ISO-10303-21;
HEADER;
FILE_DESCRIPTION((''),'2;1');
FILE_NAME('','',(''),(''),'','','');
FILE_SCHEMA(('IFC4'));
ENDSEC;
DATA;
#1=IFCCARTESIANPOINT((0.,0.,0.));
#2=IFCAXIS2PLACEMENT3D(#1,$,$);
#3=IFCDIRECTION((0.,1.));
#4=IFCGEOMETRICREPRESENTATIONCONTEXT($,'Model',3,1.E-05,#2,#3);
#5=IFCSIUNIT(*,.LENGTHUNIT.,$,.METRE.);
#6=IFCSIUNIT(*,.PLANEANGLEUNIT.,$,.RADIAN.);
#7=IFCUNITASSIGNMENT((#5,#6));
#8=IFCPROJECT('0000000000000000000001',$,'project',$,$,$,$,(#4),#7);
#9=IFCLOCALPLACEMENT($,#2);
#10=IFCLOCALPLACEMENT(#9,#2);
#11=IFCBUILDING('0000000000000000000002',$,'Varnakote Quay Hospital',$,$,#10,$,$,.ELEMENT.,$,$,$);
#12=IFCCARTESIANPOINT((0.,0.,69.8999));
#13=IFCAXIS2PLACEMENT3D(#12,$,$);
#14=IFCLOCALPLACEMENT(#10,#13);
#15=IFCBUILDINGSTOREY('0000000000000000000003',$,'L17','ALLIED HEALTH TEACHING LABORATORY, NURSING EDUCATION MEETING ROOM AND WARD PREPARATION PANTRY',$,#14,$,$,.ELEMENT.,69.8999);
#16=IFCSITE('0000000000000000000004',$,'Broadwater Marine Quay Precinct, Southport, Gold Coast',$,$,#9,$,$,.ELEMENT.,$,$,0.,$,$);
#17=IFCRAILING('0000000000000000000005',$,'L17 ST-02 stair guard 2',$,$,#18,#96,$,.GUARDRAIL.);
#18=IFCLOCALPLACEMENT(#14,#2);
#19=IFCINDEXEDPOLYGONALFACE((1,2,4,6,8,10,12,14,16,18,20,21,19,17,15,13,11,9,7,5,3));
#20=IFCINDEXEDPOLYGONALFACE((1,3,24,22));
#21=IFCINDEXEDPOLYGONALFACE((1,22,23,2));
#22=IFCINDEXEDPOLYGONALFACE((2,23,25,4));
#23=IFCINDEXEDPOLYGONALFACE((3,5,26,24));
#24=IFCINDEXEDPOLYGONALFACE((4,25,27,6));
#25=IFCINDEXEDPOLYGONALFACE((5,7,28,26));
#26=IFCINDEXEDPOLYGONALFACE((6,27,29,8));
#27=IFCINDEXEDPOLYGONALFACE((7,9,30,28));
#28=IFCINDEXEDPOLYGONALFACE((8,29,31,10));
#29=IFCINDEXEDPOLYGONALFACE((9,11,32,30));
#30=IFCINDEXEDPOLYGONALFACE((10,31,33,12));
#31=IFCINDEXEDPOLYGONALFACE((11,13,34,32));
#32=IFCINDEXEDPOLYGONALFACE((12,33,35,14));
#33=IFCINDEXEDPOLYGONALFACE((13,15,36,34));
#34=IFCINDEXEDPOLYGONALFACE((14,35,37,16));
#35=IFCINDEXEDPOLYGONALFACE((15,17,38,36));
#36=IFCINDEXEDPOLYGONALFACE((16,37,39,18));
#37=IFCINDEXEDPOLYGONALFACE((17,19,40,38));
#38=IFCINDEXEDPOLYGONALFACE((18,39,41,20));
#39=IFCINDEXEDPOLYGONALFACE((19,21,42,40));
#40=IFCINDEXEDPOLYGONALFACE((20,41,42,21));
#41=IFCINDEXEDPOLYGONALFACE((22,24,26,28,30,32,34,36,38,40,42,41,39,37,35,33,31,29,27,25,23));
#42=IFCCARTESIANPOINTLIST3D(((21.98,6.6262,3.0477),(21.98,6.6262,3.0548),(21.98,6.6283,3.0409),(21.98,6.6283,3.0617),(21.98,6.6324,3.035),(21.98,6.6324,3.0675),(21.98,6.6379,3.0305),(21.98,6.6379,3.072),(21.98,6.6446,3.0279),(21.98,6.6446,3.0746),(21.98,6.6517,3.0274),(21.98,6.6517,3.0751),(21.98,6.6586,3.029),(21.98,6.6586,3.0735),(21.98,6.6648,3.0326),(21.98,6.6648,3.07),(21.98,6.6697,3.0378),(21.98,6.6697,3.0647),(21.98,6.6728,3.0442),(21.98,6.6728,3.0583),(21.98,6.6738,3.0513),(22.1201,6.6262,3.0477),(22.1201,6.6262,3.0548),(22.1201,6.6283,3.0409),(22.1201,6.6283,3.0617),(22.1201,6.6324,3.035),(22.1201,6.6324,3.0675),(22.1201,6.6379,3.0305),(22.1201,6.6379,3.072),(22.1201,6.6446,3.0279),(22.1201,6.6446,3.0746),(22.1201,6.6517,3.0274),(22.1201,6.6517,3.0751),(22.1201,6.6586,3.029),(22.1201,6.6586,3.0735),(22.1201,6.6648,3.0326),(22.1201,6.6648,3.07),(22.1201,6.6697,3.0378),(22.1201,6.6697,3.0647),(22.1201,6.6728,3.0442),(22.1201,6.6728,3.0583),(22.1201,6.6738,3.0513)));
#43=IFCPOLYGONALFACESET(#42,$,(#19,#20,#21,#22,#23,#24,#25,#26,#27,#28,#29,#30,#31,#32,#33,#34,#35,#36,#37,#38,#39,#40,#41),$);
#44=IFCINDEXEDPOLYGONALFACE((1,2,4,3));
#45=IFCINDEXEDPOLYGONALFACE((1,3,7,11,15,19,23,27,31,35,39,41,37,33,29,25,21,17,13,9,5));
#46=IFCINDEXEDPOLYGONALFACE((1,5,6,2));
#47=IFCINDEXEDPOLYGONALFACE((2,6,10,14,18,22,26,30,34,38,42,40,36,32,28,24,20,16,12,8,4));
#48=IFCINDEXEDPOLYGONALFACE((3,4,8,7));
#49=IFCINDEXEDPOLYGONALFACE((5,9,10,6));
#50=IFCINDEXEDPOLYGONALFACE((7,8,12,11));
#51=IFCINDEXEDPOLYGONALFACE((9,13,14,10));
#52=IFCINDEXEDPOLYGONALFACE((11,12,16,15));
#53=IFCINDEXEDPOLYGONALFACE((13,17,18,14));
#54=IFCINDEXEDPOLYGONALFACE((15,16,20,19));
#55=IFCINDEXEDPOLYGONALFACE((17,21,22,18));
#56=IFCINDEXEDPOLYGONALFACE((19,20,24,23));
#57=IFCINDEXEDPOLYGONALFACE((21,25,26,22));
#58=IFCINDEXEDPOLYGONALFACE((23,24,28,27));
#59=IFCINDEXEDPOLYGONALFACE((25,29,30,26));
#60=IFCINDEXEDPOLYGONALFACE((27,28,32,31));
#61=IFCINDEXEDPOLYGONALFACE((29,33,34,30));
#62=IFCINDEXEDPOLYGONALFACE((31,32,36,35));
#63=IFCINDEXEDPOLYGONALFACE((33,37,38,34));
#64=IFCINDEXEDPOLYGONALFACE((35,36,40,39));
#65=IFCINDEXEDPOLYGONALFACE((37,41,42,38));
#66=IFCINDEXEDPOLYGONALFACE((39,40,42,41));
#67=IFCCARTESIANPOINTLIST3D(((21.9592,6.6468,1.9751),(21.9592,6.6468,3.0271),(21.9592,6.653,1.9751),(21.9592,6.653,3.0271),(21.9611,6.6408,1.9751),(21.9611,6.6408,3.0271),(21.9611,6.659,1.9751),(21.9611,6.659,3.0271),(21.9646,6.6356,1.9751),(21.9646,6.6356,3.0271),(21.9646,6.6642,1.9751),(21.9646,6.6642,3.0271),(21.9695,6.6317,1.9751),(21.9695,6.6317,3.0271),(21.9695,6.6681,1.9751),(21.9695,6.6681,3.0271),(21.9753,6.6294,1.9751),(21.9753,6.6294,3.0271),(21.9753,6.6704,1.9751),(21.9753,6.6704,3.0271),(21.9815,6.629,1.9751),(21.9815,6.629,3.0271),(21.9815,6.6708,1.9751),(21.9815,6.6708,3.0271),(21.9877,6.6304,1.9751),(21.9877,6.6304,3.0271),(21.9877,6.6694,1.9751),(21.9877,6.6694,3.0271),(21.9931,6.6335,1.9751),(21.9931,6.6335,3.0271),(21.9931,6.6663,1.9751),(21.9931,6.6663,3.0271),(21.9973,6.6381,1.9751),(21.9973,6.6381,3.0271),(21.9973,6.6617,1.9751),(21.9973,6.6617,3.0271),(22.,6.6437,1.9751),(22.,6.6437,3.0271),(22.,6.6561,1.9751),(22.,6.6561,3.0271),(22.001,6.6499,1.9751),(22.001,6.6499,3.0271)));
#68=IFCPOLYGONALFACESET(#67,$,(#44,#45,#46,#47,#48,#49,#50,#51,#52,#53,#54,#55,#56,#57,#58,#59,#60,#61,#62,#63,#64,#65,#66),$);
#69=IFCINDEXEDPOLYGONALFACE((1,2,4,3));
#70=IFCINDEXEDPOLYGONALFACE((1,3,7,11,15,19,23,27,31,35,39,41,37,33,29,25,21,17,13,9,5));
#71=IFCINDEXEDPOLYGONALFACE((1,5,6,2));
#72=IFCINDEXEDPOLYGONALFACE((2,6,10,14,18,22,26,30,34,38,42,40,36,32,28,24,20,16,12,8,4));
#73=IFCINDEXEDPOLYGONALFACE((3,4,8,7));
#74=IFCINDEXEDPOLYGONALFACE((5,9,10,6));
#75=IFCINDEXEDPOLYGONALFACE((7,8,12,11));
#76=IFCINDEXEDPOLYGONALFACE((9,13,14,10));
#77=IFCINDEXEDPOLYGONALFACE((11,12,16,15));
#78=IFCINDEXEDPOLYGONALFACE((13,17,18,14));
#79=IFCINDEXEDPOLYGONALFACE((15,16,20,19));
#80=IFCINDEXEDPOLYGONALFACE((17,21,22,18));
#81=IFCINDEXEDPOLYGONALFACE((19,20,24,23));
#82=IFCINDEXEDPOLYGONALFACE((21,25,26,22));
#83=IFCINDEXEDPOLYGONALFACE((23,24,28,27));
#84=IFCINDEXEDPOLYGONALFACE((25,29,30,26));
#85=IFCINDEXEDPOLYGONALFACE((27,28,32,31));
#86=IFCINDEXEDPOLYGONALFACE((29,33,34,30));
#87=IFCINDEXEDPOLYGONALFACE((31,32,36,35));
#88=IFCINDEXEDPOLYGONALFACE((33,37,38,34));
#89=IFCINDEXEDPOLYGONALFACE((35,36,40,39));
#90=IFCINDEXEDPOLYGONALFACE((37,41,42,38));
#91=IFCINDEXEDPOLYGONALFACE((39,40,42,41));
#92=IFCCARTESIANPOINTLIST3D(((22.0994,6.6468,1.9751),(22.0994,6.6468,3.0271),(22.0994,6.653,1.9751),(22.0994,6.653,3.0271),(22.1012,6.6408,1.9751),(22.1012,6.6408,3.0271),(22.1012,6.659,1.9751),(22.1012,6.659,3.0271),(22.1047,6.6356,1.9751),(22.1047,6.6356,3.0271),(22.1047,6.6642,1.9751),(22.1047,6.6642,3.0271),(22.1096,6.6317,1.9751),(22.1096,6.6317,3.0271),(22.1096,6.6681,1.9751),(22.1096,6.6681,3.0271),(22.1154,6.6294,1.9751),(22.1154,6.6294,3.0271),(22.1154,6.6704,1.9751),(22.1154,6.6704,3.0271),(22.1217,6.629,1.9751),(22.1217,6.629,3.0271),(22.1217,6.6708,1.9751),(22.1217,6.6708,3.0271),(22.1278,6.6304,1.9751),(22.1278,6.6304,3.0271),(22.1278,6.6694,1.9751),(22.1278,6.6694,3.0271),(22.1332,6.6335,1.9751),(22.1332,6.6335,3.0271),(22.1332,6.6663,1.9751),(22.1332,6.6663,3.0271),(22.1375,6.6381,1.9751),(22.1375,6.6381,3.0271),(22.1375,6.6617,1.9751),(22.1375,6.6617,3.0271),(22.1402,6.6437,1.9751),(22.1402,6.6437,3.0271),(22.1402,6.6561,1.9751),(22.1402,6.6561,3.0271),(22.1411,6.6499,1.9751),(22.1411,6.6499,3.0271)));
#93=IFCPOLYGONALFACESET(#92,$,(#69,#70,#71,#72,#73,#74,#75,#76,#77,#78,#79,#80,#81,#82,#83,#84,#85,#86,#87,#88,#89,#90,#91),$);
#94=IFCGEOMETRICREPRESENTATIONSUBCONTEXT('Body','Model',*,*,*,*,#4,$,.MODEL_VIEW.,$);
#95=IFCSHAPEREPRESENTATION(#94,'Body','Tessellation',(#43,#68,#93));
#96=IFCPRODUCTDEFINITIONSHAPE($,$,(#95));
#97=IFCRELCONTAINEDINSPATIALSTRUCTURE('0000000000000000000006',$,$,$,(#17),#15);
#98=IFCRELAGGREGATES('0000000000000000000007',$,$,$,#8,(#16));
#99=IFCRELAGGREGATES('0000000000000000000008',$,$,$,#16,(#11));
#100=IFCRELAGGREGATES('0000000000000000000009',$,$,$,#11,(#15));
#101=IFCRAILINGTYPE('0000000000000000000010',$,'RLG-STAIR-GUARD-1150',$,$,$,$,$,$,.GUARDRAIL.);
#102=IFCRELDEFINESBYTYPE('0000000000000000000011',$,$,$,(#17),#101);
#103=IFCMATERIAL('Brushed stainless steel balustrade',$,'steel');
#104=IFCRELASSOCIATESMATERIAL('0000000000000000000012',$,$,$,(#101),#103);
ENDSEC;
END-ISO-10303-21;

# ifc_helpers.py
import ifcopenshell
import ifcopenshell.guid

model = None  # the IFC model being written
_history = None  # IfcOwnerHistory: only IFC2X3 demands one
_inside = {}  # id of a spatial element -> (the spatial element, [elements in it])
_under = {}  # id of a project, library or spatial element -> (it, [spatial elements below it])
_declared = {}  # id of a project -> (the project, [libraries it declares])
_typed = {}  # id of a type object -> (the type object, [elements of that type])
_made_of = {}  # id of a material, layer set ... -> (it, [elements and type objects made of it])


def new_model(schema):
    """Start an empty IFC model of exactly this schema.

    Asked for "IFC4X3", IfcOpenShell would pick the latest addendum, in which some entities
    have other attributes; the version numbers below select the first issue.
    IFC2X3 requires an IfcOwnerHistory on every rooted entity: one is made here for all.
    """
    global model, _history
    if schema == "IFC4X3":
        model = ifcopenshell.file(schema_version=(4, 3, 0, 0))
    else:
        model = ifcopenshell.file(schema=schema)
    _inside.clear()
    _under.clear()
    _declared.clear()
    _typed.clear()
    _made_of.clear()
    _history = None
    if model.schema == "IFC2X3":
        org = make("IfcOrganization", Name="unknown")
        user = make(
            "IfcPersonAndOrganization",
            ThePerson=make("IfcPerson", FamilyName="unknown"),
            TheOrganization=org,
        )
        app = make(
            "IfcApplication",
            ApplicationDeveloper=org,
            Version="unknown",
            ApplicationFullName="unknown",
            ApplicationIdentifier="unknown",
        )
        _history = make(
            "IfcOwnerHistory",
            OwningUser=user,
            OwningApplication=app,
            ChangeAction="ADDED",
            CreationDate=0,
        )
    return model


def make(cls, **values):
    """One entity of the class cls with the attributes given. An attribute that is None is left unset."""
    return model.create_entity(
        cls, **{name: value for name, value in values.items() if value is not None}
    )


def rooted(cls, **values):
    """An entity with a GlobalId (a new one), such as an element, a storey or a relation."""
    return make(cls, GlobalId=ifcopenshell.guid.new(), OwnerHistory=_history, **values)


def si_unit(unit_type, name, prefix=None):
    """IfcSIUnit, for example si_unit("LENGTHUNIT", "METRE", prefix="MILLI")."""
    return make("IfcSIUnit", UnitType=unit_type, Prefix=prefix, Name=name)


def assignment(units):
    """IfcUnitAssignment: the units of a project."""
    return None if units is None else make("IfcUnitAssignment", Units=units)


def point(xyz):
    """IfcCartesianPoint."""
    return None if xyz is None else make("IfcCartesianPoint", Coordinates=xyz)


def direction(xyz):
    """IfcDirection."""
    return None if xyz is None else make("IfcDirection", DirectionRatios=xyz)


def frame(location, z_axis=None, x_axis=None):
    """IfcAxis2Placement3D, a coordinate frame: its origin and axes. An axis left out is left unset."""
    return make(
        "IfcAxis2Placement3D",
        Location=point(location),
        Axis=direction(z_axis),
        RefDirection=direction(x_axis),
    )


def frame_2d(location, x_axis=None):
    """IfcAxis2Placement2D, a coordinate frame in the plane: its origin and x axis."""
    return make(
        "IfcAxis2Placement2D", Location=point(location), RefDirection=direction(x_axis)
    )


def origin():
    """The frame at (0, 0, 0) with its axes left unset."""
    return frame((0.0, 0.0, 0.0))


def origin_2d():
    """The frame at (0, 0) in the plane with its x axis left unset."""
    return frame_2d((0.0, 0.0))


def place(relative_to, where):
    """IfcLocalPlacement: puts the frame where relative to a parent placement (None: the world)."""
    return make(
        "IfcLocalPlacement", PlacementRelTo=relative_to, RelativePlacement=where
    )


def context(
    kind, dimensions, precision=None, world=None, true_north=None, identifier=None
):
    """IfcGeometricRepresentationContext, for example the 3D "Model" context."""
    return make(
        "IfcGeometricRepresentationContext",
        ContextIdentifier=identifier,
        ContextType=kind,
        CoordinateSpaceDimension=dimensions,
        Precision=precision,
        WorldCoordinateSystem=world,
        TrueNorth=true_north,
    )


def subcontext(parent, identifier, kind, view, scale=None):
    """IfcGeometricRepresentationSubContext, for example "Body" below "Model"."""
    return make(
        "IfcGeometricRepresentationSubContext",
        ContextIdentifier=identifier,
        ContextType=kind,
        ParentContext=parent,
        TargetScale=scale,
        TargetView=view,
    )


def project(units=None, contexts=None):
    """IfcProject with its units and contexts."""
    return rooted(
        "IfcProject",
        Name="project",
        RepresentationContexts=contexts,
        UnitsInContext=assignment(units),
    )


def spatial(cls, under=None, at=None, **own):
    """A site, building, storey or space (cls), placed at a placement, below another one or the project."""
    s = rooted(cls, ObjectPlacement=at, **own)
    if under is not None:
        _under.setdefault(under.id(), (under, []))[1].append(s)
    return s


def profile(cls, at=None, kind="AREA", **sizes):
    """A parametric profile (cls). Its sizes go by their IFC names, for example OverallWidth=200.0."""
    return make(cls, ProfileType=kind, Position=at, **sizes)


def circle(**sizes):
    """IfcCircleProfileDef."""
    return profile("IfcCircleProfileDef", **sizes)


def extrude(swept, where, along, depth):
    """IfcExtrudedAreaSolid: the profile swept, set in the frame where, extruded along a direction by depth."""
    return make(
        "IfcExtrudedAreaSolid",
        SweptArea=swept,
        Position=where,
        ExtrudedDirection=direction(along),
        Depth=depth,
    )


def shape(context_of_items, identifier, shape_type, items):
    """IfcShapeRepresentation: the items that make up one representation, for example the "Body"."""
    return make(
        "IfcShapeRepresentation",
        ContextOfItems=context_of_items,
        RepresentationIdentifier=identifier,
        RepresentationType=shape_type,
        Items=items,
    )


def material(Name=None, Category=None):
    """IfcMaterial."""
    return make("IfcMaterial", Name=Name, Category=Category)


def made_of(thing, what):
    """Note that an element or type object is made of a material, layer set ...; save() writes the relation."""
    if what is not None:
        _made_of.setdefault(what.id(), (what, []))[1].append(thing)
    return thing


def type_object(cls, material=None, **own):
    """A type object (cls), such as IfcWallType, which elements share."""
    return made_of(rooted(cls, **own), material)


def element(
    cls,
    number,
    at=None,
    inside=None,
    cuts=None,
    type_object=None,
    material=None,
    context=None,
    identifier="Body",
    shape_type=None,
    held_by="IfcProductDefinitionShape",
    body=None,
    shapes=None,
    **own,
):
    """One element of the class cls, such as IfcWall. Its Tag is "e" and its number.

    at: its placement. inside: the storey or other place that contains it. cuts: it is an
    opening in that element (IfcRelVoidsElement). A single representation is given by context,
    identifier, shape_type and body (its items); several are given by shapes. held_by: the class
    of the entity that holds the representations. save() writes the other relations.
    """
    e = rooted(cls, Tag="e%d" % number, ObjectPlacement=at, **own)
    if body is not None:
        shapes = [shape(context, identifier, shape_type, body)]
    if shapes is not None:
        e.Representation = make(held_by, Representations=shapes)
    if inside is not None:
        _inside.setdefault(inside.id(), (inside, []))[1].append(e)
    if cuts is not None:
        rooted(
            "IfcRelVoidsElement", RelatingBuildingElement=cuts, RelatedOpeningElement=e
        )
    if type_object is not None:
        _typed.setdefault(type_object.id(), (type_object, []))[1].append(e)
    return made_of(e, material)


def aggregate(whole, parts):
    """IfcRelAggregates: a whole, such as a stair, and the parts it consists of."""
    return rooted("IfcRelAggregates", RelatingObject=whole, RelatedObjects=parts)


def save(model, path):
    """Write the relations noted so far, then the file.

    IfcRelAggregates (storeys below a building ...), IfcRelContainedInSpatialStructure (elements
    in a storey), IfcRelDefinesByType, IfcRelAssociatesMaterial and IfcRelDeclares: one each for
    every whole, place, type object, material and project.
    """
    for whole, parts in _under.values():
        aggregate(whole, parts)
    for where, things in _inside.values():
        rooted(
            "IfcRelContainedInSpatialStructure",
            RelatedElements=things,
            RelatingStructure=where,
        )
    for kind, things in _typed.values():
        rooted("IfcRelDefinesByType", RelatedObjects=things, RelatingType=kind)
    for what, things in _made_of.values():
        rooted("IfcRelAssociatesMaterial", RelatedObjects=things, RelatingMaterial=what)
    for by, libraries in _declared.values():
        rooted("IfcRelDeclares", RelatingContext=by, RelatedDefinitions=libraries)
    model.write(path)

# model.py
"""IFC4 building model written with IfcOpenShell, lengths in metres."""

from ifc_helpers import new_model, si_unit, direction, frame, origin, origin_2d, place, context, subcontext, project, spatial, circle, extrude, material, type_object, element, save


model = new_model("IFC4")

# Units and contexts
model_context = context("Model", 3, precision=1e-05, world=origin(), true_north=direction((0.0, 1.0)))
body_context = subcontext(model_context, "Body", "Model", "MODEL_VIEW")
ifc_project = project(units=[si_unit("LENGTHUNIT", "METRE"), si_unit("PLANEANGLEUNIT", "RADIAN")], contexts=[model_context])

# Site, building, storey
site_placement = place(None, origin())
site = spatial("IfcSite", under=ifc_project, at=site_placement, Name="Broadwater Marine Quay Precinct, Southport, Gold Coast", CompositionType="ELEMENT", RefElevation=0.0)
building_placement = place(site_placement, origin())
building = spatial("IfcBuilding", under=site, at=building_placement, Name="Varnakote Quay Hospital", CompositionType="ELEMENT")
storey_placement = place(building_placement, frame((0.0, 0.0, 69.8999)))
storey = spatial("IfcBuildingStorey", under=building, at=storey_placement, Name="L17", Description="ALLIED HEALTH TEACHING LABORATORY, NURSING EDUCATION MEETING ROOM AND WARD PREPARATION PANTRY", CompositionType="ELEMENT", Elevation=69.8999)

# Railing
ifc_material_1 = material(Name="Brushed stainless steel balustrade", Category="steel")
railing_type_1 = type_object("IfcRailingType", Name="RLG-STAIR-GUARD-1150", PredefinedType="GUARDRAIL", material=ifc_material_1)
railing_1_placement = place(storey_placement, frame((21.98, 6.6499, 1.9751)))
element("IfcRailing", 1, at=railing_1_placement, inside=storey, type_object=railing_type_1, Name="L17 ST-02 stair guard 2", PredefinedType="GUARDRAIL", context=body_context, shape_type="SweptSolid", body=[
    extrude(circle(Radius=0.0239, at=origin_2d()), frame((0.0, 0.0, 1.0762), z_axis=(1.0, 0.0, 0.0), x_axis=(0.0, 1.0, 0.0)), (0.0, 0.0, 1.0), 0.1401),
    extrude(circle(Radius=0.021, at=origin_2d()), origin(), (0.0, 0.0, 1.0), 1.052),
    extrude(circle(Radius=0.021, at=origin_2d()), frame((0.1401, 0.0, 0.0)), (0.0, 0.0, 1.0), 1.052),
])

save(model, "model.ifc")
